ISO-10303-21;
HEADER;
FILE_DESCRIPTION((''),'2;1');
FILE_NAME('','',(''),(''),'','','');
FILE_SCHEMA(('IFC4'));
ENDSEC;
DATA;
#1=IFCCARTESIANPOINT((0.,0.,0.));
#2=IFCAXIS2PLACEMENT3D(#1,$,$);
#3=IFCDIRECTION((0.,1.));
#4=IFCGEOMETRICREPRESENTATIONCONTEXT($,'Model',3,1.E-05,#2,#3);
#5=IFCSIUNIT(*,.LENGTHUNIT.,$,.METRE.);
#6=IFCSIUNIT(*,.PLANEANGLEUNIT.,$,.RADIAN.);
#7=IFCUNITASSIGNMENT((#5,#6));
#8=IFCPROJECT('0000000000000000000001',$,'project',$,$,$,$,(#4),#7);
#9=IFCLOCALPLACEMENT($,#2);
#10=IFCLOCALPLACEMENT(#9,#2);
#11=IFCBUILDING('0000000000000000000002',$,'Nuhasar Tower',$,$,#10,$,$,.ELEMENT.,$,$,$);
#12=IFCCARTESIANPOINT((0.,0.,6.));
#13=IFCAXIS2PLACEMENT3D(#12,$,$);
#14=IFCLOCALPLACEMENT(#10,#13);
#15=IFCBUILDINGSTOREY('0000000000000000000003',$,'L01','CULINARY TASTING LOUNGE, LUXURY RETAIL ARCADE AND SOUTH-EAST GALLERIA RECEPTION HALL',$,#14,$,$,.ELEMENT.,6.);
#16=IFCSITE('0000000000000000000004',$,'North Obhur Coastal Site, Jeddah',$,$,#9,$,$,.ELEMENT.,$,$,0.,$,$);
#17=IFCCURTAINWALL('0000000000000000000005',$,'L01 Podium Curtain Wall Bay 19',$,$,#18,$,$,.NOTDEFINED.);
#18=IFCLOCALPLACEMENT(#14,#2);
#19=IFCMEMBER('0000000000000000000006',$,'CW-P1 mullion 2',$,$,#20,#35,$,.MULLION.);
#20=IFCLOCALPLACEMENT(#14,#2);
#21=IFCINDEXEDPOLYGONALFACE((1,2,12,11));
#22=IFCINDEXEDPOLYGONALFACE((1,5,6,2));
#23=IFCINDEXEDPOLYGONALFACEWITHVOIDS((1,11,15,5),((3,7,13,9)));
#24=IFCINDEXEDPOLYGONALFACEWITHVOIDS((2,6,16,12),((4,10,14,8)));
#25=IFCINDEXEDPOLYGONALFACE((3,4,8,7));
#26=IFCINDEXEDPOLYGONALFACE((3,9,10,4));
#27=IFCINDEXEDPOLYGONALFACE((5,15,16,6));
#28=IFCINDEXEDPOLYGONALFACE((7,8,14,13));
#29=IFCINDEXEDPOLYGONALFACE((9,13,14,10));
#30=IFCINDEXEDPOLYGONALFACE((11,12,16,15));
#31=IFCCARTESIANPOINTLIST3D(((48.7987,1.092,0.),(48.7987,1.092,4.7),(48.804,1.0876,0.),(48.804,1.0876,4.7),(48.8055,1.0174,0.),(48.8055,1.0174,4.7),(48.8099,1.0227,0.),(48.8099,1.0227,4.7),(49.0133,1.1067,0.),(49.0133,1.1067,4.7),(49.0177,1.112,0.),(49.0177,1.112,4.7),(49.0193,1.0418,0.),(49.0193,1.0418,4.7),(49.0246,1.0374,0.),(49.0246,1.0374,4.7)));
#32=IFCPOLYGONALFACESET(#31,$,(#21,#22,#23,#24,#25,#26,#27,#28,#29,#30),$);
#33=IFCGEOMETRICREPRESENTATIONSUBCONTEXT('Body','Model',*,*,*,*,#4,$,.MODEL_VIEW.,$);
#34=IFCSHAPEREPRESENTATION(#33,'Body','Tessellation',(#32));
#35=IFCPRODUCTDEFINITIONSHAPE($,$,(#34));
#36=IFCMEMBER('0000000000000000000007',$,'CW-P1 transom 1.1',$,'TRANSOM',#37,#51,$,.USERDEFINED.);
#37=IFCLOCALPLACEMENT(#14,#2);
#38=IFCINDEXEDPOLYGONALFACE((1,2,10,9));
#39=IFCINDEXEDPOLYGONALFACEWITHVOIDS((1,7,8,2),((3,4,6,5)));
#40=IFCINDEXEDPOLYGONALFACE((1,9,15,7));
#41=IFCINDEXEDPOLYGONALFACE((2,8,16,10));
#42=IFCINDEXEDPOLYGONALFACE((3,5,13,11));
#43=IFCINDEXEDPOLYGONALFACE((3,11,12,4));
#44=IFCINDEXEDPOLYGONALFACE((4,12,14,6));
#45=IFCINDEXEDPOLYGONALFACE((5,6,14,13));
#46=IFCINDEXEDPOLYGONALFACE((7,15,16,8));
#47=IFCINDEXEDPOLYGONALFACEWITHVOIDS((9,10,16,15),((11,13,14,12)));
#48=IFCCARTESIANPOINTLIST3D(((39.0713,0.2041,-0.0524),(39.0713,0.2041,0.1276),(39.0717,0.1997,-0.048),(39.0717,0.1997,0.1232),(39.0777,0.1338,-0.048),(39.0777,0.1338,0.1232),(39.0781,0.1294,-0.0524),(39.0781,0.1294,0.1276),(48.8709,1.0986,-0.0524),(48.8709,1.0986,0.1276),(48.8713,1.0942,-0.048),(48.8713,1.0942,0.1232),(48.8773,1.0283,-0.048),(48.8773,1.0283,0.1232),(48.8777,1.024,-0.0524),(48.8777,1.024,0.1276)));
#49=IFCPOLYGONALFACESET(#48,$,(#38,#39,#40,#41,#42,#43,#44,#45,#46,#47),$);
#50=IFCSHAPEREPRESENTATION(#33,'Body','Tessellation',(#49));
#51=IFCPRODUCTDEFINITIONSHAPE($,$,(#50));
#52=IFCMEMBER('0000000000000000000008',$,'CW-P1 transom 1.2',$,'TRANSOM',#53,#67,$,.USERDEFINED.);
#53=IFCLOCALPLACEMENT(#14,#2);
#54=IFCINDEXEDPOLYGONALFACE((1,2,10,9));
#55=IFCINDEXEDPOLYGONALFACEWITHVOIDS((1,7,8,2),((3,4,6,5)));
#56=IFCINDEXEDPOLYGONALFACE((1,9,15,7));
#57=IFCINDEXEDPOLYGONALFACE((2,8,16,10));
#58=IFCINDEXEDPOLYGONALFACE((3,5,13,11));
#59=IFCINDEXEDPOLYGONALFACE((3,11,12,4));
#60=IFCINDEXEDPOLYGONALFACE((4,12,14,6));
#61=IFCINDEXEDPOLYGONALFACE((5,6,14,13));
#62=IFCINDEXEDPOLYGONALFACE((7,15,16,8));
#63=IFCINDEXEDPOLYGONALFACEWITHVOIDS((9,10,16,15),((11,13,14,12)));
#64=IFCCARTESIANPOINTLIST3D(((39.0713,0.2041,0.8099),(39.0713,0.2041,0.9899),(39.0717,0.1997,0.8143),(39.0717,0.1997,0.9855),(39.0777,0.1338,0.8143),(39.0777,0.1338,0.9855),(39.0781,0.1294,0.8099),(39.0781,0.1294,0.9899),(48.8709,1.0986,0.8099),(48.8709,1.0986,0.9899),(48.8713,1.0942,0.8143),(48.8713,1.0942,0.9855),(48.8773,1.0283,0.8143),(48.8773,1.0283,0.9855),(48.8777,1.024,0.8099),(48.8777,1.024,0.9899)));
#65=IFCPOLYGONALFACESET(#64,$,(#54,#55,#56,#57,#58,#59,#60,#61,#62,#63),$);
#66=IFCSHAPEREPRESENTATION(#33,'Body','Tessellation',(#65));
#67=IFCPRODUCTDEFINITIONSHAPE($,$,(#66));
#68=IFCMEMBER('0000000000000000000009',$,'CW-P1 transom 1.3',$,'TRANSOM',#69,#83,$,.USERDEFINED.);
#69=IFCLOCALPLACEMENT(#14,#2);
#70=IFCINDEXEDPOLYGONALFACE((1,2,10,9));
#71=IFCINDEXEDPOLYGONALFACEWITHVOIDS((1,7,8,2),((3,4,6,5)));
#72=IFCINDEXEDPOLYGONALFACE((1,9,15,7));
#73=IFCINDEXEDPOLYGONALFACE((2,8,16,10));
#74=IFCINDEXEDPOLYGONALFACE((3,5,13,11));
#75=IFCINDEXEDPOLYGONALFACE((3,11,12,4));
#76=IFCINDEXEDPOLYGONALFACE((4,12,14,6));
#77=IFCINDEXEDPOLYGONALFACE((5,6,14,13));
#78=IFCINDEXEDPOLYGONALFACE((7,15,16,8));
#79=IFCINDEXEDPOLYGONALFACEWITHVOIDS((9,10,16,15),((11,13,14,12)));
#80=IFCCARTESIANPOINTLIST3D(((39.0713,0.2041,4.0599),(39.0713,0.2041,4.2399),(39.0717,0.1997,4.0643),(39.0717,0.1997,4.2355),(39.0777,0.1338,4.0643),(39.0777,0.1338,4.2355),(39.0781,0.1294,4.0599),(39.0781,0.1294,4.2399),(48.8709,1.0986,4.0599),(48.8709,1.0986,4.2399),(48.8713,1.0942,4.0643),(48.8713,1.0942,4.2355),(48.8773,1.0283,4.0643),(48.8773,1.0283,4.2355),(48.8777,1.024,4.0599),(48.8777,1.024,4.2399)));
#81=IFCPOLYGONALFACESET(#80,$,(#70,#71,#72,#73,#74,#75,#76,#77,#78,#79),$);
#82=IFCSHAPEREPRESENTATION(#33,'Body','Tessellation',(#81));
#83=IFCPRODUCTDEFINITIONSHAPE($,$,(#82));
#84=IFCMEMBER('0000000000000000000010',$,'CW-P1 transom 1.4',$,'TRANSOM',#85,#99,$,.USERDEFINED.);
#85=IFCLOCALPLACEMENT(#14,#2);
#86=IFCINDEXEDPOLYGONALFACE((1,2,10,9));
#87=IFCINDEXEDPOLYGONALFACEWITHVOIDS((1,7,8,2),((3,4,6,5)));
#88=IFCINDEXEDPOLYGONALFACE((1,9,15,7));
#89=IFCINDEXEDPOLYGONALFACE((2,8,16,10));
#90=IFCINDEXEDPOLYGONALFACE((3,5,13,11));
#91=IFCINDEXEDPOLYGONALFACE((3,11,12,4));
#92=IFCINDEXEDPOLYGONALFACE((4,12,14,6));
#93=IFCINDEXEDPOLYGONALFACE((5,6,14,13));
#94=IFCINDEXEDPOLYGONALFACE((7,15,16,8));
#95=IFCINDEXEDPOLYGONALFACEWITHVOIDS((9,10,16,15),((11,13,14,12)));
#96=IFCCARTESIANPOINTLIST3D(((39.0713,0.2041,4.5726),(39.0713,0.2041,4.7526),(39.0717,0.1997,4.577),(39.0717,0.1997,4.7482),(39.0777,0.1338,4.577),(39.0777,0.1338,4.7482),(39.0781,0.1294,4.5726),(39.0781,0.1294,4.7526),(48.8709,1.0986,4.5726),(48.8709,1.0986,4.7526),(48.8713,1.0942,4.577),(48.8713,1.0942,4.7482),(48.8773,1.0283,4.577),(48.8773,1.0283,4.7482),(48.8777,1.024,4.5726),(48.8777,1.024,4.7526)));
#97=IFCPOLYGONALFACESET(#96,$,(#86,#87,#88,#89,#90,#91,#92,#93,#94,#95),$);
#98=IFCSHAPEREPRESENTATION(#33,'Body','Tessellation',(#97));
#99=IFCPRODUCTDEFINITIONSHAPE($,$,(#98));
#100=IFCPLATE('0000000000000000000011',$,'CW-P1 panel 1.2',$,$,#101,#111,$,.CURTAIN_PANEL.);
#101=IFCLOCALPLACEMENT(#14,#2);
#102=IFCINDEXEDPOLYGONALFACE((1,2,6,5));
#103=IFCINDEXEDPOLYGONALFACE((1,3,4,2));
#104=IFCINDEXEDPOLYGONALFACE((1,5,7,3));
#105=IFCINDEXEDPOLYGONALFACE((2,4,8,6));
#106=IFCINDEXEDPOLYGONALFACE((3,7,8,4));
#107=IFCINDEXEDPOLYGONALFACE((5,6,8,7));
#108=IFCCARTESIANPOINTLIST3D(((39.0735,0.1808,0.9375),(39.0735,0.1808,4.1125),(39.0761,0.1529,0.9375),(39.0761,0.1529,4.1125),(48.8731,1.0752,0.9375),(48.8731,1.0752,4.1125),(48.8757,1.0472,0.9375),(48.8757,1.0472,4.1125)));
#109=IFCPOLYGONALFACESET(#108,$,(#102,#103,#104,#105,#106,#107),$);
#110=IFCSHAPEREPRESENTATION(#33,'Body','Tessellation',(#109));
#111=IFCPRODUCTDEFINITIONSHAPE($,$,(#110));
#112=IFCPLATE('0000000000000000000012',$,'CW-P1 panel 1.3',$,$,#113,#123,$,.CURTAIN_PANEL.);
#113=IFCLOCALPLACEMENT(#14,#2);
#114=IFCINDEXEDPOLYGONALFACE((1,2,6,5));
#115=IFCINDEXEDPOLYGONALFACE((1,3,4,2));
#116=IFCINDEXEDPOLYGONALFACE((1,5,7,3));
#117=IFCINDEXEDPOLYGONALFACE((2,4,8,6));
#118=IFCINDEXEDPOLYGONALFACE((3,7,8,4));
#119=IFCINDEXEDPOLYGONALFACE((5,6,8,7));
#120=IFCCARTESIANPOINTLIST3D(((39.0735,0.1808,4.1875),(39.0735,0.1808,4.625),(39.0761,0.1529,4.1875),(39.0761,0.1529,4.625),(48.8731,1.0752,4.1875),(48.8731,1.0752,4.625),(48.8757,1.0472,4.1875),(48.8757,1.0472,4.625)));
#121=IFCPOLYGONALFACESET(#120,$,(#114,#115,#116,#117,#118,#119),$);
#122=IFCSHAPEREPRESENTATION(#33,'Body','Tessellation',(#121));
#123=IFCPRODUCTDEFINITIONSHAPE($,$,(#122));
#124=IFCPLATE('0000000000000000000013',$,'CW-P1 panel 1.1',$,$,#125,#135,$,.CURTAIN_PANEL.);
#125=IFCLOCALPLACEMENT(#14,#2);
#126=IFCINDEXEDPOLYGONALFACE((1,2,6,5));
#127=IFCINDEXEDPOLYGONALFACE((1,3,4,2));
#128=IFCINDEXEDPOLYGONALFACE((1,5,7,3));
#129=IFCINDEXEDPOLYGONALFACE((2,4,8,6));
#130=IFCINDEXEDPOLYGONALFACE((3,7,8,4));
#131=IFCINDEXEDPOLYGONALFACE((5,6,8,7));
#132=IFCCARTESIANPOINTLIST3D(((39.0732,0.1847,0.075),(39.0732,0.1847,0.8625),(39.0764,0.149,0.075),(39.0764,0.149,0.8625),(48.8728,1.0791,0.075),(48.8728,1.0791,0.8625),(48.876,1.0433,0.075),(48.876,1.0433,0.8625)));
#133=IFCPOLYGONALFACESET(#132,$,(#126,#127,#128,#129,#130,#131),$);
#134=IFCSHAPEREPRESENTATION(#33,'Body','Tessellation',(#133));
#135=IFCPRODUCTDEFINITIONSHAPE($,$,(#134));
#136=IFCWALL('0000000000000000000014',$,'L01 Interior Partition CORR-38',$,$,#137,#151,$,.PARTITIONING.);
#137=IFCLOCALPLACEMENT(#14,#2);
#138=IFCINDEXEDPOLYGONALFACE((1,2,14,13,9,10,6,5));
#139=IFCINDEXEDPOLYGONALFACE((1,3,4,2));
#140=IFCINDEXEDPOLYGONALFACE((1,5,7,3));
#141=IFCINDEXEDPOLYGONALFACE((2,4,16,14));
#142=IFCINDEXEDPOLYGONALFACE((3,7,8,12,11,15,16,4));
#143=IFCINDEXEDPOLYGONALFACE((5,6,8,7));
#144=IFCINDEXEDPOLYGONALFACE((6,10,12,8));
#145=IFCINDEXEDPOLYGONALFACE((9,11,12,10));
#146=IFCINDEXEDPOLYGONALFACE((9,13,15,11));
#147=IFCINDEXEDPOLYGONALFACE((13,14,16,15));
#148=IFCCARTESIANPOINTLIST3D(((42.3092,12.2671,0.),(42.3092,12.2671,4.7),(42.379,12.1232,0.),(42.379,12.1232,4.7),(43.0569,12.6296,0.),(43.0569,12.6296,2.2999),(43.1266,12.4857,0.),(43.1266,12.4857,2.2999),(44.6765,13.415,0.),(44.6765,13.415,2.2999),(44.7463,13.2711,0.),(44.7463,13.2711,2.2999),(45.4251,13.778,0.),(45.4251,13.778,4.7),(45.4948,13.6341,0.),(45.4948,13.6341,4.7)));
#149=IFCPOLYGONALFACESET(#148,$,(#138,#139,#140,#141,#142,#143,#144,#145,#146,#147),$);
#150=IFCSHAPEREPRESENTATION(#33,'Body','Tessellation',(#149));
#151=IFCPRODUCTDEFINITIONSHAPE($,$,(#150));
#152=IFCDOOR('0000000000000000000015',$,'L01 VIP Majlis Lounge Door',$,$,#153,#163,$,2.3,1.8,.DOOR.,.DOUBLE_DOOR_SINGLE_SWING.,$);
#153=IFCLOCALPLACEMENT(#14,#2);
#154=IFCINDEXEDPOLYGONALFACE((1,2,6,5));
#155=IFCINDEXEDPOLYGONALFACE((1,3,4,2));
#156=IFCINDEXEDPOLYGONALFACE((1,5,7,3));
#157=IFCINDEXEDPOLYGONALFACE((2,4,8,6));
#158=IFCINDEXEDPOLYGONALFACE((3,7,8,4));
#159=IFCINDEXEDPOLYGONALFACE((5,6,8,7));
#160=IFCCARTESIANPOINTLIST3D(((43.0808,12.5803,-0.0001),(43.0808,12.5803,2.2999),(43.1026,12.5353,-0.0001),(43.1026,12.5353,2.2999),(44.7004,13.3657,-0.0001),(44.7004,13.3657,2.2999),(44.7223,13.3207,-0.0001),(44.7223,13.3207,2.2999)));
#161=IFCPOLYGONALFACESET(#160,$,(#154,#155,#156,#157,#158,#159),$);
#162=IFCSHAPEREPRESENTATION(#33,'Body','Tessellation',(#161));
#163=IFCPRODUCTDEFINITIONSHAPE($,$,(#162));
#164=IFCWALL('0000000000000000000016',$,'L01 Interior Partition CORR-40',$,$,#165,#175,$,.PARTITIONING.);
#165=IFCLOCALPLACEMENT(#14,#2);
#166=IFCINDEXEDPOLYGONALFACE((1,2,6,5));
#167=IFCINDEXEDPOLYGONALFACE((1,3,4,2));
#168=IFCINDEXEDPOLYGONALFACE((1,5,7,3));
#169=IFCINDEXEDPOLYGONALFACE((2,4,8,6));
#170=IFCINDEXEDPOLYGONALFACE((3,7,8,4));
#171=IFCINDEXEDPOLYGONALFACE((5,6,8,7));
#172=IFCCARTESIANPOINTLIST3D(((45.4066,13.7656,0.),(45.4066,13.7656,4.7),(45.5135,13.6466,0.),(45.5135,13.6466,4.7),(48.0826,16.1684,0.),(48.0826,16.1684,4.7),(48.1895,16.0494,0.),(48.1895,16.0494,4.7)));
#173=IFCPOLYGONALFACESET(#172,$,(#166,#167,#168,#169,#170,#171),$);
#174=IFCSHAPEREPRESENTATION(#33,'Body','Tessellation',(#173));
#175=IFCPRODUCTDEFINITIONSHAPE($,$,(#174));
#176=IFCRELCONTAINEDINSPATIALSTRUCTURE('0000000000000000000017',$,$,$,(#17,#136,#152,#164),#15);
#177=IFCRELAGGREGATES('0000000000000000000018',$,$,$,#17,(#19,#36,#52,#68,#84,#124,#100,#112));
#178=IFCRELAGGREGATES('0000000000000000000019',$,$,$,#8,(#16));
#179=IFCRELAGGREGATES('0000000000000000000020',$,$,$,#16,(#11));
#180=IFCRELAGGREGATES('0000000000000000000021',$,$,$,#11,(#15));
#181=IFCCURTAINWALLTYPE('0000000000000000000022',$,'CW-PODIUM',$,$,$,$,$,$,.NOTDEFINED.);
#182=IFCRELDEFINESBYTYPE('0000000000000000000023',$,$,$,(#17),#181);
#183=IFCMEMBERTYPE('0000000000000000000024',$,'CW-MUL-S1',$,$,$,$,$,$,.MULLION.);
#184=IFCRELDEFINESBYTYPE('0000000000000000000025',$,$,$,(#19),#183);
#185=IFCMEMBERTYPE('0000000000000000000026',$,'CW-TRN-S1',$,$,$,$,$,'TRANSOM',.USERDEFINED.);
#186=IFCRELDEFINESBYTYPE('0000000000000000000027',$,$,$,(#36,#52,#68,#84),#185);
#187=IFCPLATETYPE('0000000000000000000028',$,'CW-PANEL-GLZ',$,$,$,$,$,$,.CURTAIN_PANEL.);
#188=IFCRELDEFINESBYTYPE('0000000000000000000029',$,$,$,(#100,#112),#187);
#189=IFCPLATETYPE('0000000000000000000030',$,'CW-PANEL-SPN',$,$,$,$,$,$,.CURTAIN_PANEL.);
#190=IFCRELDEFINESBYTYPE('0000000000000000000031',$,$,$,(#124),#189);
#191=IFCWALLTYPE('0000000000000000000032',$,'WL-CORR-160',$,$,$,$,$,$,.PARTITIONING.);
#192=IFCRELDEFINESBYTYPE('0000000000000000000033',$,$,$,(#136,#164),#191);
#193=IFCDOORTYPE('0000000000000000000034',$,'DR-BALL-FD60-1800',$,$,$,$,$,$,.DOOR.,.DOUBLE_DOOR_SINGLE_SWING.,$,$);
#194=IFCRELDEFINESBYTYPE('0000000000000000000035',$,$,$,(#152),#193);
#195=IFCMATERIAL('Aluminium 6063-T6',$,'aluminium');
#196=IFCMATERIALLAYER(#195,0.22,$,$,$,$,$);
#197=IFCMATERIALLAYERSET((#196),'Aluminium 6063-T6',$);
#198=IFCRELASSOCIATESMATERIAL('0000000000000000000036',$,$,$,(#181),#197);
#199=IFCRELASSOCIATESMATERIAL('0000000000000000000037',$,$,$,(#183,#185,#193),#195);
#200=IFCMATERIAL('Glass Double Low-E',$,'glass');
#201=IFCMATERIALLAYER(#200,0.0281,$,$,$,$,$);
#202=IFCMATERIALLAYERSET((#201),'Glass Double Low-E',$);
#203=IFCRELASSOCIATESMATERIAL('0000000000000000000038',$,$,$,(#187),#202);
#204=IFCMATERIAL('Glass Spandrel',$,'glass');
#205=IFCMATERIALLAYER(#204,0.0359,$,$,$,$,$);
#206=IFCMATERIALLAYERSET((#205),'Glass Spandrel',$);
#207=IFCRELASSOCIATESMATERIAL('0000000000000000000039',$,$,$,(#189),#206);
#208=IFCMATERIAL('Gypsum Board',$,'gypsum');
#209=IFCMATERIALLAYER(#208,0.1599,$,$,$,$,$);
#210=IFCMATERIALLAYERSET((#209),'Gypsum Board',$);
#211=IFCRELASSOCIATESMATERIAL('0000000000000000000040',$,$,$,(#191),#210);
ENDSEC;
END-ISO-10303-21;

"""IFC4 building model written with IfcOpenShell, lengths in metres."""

from ifc_helpers import new_model, si_unit, direction, frame, frame_2d, origin, origin_2d, place, context, subcontext, project, spatial, rectangle, hollow_rectangle, extrude, material, layer, layer_set, material_profile, profile_set, type_object, element, fill, aggregate, save


model = new_model("IFC4")

# Units and contexts
model_context = context("Model", 3, precision=1e-05, world=origin(), true_north=direction((0.0, 1.0)))
body_context = subcontext(model_context, "Body", "Model", "MODEL_VIEW")
ifc_project = project(units=[si_unit("LENGTHUNIT", "METRE"), si_unit("PLANEANGLEUNIT", "RADIAN")], contexts=[model_context])

# Site, building, storey
site_placement = place(None, origin())
site = spatial("IfcSite", under=ifc_project, at=site_placement, Name="North Obhur Coastal Site, Jeddah", CompositionType="ELEMENT", RefElevation=0.0)
building_placement = place(site_placement, origin())
building = spatial("IfcBuilding", under=site, at=building_placement, Name="Nuhasar Tower", CompositionType="ELEMENT")
storey_placement = place(building_placement, frame((0.0, 0.0, 6.0)))
storey = spatial("IfcBuildingStorey", under=building, at=storey_placement, Name="L01", Description="CULINARY TASTING LOUNGE, LUXURY RETAIL ARCADE AND SOUTH-EAST GALLERIA RECEPTION HALL", CompositionType="ELEMENT", Elevation=6.0)

# Curtain wall, members, plates
ifc_material_1 = material(Name="Aluminium 6063-T6", Category="aluminium")
ifc_layer_1 = layer(ifc_material_1, 0.22)
ifc_layer_set_1 = layer_set([ifc_layer_1], Name="Aluminium 6063-T6")
curtain_wall_type = type_object("IfcCurtainWallType", Name="CW-PODIUM", PredefinedType="NOTDEFINED", material=ifc_layer_set_1)
curtain_wall_placement = place(storey_placement, origin())
curtain_wall = element("IfcCurtainWall", 1, at=curtain_wall_placement, inside=storey, type_object=curtain_wall_type, Name="L01 Podium Curtain Wall Bay 19", PredefinedType="NOTDEFINED")
ifc_material_profile_1 = material_profile(ifc_material_1, hollow_rectangle(XDim=0.075, YDim=0.22, WallThickness=0.0049, at=origin_2d()), Name="CWM-1")
ifc_profile_set_1 = profile_set([ifc_material_profile_1], Name="Aluminium 6063-T6")
member_type_1 = type_object("IfcMemberType", Name="CW-MUL-S1", PredefinedType="MULLION", material=ifc_profile_set_1)
member_1_placement = place(storey_placement, frame((48.9116, 1.0647, 0.0), z_axis=(0.0, 0.0, 1.0), x_axis=(-0.090888, 0.995861, 0.0)))
member_1 = element("IfcMember", 2, at=member_1_placement, type_object=member_type_1, Name="CW-P1 mullion 2", PredefinedType="MULLION", context=body_context, shape_type="SweptSolid", body=[
    extrude(hollow_rectangle(XDim=0.075, YDim=0.22, WallThickness=0.0049, at=origin_2d()), origin(), (0.0, 0.0, 1.0), 4.7),
])
ifc_material_profile_2 = material_profile(ifc_material_1, hollow_rectangle(XDim=0.075, YDim=0.1799, WallThickness=0.0044, at=origin_2d()), Name="CWT-1")
ifc_profile_set_2 = profile_set([ifc_material_profile_2], Name="Aluminium 6063-T6")
member_type_2 = type_object("IfcMemberType", Name="CW-TRN-S1", ElementType="TRANSOM", PredefinedType="USERDEFINED", material=ifc_profile_set_2)
member_2_placement = place(storey_placement, frame((39.0747, 0.1667, 0.0376), z_axis=(0.99586, 0.090905, 0.0), x_axis=(-0.090905, 0.99586, 0.0)))
member_2 = element("IfcMember", 3, at=member_2_placement, type_object=member_type_2, Name="CW-P1 transom 1.1", ObjectType="TRANSOM", PredefinedType="USERDEFINED", context=body_context, shape_type="SweptSolid", body=[
    extrude(hollow_rectangle(XDim=0.075, YDim=0.1799, WallThickness=0.0044, at=origin_2d()), origin(), (0.0, 0.0, 1.0), 9.8403),
])
member_3_placement = place(storey_placement, frame((39.0747, 0.1667, 0.8999), z_axis=(0.99586, 0.090905, 0.0), x_axis=(-0.090905, 0.99586, 0.0)))
member_3 = element("IfcMember", 4, at=member_3_placement, type_object=member_type_2, Name="CW-P1 transom 1.2", ObjectType="TRANSOM", PredefinedType="USERDEFINED", context=body_context, shape_type="SweptSolid", body=[
    extrude(hollow_rectangle(XDim=0.075, YDim=0.1799, WallThickness=0.0044, at=origin_2d()), origin(), (0.0, 0.0, 1.0), 9.8403),
])
member_4_placement = place(storey_placement, frame((39.0747, 0.1667, 4.1499), z_axis=(0.99586, 0.090905, 0.0), x_axis=(-0.090905, 0.99586, 0.0)))
member_4 = element("IfcMember", 5, at=member_4_placement, type_object=member_type_2, Name="CW-P1 transom 1.3", ObjectType="TRANSOM", PredefinedType="USERDEFINED", context=body_context, shape_type="SweptSolid", body=[
    extrude(hollow_rectangle(XDim=0.075, YDim=0.1799, WallThickness=0.0044, at=origin_2d()), origin(), (0.0, 0.0, 1.0), 9.8403),
])
member_5_placement = place(storey_placement, frame((39.0747, 0.1667, 4.6626), z_axis=(0.99586, 0.090905, 0.0), x_axis=(-0.090905, 0.99586, 0.0)))
member_5 = element("IfcMember", 6, at=member_5_placement, type_object=member_type_2, Name="CW-P1 transom 1.4", ObjectType="TRANSOM", PredefinedType="USERDEFINED", context=body_context, shape_type="SweptSolid", body=[
    extrude(hollow_rectangle(XDim=0.075, YDim=0.1799, WallThickness=0.0044, at=origin_2d()), origin(), (0.0, 0.0, 1.0), 9.8403),
])
ifc_material_2 = material(Name="Glass Double Low-E", Category="glass")
ifc_layer_2 = layer(ifc_material_2, 0.0281)
ifc_layer_set_2 = layer_set([ifc_layer_2], Name="Glass Double Low-E")
plate_type_1 = type_object("IfcPlateType", Name="CW-PANEL-GLZ", PredefinedType="CURTAIN_PANEL", material=ifc_layer_set_2)
plate_1_placement = place(storey_placement, frame((43.9746, 0.614, 0.9375), z_axis=(0.0, 0.0, 1.0), x_axis=(0.995861, 0.090888, 0.0)))
plate_1 = element("IfcPlate", 7, at=plate_1_placement, type_object=plate_type_1, Name="CW-P1 panel 1.2", PredefinedType="CURTAIN_PANEL", context=body_context, shape_type="SweptSolid", body=[
    extrude(rectangle(XDim=9.8403, YDim=0.0281, at=origin_2d()), origin(), (0.0, 0.0, 1.0), 3.175),
])
plate_2_placement = place(storey_placement, frame((43.9746, 0.614, 4.1875), z_axis=(0.0, 0.0, 1.0), x_axis=(0.995861, 0.090888, 0.0)))
plate_2 = element("IfcPlate", 8, at=plate_2_placement, type_object=plate_type_1, Name="CW-P1 panel 1.3", PredefinedType="CURTAIN_PANEL", context=body_context, shape_type="SweptSolid", body=[
    extrude(rectangle(XDim=9.8403, YDim=0.0281, at=origin_2d()), origin(), (0.0, 0.0, 1.0), 0.4375),
])
ifc_material_3 = material(Name="Glass Spandrel", Category="glass")
ifc_layer_3 = layer(ifc_material_3, 0.0359)
ifc_layer_set_3 = layer_set([ifc_layer_3], Name="Glass Spandrel")
plate_type_2 = type_object("IfcPlateType", Name="CW-PANEL-SPN", PredefinedType="CURTAIN_PANEL", material=ifc_layer_set_3)
plate_3_placement = place(storey_placement, frame((43.9746, 0.614, 0.075), z_axis=(0.0, 0.0, 1.0), x_axis=(0.995861, 0.090888, 0.0)))
plate_3 = element("IfcPlate", 9, at=plate_3_placement, type_object=plate_type_2, Name="CW-P1 panel 1.1", PredefinedType="CURTAIN_PANEL", context=body_context, shape_type="SweptSolid", body=[
    extrude(rectangle(XDim=9.8403, YDim=0.0359, at=origin_2d()), origin(), (0.0, 0.0, 1.0), 0.7876),
])
aggregate(curtain_wall, [member_1, member_2, member_3, member_4, member_5, plate_3, plate_1, plate_2])

# Wall, opening, door
ifc_material_4 = material(Name="Gypsum Board", Category="gypsum")
ifc_layer_4 = layer(ifc_material_4, 0.1599)
ifc_layer_set_4 = layer_set([ifc_layer_4], Name="Gypsum Board")
wall_type_1 = type_object("IfcWallType", Name="WL-CORR-160", PredefinedType="PARTITIONING", material=ifc_layer_set_4)
wall_1_placement = place(storey_placement, frame((45.46, 13.7061, 0.0), z_axis=(0.0, 0.0, 1.0), x_axis=(-0.89979, -0.436324, 0.0)))
wall_1 = element("IfcWall", 10, at=wall_1_placement, inside=storey, type_object=wall_type_1, Name="L01 Interior Partition CORR-38", PredefinedType="PARTITIONING", context=body_context, shape_type="SweptSolid", body=[
    extrude(rectangle(XDim=3.4629, YDim=0.1599, at=frame_2d((1.7314, 0.0))), origin(), (0.0, 0.0, 1.0), 4.7),
])
opening_1_placement = place(wall_1_placement, frame((0.832, 0.0, 0.0)))
opening_1 = element("IfcOpeningElement", 11, at=opening_1_placement, cuts=wall_1, PredefinedType="OPENING", context=body_context, shape_type="SweptSolid", body=[
    extrude(rectangle(XDim=1.8, YDim=2.3, at=frame_2d((0.8999, 1.1499))), frame((0.0, 0.0898, 0.0), z_axis=(0.0, -1.0, 0.0), x_axis=(1.0, 0.0, 0.0)), (0.0, 0.0, 1.0), 0.1799),
])
door_type_1 = type_object("IfcDoorType", Name="DR-BALL-FD60-1800", OperationType="DOUBLE_DOOR_SINGLE_SWING", PredefinedType="DOOR", material=ifc_material_1)
door_1_placement = place(opening_1_placement, origin())
door_1 = element("IfcDoor", 12, at=door_1_placement, inside=storey, type_object=door_type_1, Name="L01 VIP Majlis Lounge Door", OperationType="DOUBLE_DOOR_SINGLE_SWING", OverallHeight=2.3, OverallWidth=1.8, PredefinedType="DOOR", context=body_context, shape_type="SweptSolid", body=[
    extrude(rectangle(XDim=1.8, YDim=2.3, at=frame_2d((0.8999, 1.1499))), frame((0.0, 0.0249, 0.0), z_axis=(0.0, -1.0, 0.0), x_axis=(1.0, 0.0, 0.0)), (0.0, 0.0, 1.0), 0.05),
])
fill(opening_1, door_1)

# Wall
wall_2_placement = place(storey_placement, frame((45.46, 13.7061, 0.0), z_axis=(0.0, 0.0, 1.0), x_axis=(0.744067, 0.668105, 0.0)))
element("IfcWall", 13, at=wall_2_placement, inside=storey, type_object=wall_type_1, Name="L01 Interior Partition CORR-40", PredefinedType="PARTITIONING", context=body_context, shape_type="SweptSolid", body=[
    extrude(rectangle(XDim=3.5964, YDim=0.1599, at=frame_2d((1.7983, 0.0))), origin(), (0.0, 0.0, 1.0), 4.7),
])

save(model, "model.ifc")
